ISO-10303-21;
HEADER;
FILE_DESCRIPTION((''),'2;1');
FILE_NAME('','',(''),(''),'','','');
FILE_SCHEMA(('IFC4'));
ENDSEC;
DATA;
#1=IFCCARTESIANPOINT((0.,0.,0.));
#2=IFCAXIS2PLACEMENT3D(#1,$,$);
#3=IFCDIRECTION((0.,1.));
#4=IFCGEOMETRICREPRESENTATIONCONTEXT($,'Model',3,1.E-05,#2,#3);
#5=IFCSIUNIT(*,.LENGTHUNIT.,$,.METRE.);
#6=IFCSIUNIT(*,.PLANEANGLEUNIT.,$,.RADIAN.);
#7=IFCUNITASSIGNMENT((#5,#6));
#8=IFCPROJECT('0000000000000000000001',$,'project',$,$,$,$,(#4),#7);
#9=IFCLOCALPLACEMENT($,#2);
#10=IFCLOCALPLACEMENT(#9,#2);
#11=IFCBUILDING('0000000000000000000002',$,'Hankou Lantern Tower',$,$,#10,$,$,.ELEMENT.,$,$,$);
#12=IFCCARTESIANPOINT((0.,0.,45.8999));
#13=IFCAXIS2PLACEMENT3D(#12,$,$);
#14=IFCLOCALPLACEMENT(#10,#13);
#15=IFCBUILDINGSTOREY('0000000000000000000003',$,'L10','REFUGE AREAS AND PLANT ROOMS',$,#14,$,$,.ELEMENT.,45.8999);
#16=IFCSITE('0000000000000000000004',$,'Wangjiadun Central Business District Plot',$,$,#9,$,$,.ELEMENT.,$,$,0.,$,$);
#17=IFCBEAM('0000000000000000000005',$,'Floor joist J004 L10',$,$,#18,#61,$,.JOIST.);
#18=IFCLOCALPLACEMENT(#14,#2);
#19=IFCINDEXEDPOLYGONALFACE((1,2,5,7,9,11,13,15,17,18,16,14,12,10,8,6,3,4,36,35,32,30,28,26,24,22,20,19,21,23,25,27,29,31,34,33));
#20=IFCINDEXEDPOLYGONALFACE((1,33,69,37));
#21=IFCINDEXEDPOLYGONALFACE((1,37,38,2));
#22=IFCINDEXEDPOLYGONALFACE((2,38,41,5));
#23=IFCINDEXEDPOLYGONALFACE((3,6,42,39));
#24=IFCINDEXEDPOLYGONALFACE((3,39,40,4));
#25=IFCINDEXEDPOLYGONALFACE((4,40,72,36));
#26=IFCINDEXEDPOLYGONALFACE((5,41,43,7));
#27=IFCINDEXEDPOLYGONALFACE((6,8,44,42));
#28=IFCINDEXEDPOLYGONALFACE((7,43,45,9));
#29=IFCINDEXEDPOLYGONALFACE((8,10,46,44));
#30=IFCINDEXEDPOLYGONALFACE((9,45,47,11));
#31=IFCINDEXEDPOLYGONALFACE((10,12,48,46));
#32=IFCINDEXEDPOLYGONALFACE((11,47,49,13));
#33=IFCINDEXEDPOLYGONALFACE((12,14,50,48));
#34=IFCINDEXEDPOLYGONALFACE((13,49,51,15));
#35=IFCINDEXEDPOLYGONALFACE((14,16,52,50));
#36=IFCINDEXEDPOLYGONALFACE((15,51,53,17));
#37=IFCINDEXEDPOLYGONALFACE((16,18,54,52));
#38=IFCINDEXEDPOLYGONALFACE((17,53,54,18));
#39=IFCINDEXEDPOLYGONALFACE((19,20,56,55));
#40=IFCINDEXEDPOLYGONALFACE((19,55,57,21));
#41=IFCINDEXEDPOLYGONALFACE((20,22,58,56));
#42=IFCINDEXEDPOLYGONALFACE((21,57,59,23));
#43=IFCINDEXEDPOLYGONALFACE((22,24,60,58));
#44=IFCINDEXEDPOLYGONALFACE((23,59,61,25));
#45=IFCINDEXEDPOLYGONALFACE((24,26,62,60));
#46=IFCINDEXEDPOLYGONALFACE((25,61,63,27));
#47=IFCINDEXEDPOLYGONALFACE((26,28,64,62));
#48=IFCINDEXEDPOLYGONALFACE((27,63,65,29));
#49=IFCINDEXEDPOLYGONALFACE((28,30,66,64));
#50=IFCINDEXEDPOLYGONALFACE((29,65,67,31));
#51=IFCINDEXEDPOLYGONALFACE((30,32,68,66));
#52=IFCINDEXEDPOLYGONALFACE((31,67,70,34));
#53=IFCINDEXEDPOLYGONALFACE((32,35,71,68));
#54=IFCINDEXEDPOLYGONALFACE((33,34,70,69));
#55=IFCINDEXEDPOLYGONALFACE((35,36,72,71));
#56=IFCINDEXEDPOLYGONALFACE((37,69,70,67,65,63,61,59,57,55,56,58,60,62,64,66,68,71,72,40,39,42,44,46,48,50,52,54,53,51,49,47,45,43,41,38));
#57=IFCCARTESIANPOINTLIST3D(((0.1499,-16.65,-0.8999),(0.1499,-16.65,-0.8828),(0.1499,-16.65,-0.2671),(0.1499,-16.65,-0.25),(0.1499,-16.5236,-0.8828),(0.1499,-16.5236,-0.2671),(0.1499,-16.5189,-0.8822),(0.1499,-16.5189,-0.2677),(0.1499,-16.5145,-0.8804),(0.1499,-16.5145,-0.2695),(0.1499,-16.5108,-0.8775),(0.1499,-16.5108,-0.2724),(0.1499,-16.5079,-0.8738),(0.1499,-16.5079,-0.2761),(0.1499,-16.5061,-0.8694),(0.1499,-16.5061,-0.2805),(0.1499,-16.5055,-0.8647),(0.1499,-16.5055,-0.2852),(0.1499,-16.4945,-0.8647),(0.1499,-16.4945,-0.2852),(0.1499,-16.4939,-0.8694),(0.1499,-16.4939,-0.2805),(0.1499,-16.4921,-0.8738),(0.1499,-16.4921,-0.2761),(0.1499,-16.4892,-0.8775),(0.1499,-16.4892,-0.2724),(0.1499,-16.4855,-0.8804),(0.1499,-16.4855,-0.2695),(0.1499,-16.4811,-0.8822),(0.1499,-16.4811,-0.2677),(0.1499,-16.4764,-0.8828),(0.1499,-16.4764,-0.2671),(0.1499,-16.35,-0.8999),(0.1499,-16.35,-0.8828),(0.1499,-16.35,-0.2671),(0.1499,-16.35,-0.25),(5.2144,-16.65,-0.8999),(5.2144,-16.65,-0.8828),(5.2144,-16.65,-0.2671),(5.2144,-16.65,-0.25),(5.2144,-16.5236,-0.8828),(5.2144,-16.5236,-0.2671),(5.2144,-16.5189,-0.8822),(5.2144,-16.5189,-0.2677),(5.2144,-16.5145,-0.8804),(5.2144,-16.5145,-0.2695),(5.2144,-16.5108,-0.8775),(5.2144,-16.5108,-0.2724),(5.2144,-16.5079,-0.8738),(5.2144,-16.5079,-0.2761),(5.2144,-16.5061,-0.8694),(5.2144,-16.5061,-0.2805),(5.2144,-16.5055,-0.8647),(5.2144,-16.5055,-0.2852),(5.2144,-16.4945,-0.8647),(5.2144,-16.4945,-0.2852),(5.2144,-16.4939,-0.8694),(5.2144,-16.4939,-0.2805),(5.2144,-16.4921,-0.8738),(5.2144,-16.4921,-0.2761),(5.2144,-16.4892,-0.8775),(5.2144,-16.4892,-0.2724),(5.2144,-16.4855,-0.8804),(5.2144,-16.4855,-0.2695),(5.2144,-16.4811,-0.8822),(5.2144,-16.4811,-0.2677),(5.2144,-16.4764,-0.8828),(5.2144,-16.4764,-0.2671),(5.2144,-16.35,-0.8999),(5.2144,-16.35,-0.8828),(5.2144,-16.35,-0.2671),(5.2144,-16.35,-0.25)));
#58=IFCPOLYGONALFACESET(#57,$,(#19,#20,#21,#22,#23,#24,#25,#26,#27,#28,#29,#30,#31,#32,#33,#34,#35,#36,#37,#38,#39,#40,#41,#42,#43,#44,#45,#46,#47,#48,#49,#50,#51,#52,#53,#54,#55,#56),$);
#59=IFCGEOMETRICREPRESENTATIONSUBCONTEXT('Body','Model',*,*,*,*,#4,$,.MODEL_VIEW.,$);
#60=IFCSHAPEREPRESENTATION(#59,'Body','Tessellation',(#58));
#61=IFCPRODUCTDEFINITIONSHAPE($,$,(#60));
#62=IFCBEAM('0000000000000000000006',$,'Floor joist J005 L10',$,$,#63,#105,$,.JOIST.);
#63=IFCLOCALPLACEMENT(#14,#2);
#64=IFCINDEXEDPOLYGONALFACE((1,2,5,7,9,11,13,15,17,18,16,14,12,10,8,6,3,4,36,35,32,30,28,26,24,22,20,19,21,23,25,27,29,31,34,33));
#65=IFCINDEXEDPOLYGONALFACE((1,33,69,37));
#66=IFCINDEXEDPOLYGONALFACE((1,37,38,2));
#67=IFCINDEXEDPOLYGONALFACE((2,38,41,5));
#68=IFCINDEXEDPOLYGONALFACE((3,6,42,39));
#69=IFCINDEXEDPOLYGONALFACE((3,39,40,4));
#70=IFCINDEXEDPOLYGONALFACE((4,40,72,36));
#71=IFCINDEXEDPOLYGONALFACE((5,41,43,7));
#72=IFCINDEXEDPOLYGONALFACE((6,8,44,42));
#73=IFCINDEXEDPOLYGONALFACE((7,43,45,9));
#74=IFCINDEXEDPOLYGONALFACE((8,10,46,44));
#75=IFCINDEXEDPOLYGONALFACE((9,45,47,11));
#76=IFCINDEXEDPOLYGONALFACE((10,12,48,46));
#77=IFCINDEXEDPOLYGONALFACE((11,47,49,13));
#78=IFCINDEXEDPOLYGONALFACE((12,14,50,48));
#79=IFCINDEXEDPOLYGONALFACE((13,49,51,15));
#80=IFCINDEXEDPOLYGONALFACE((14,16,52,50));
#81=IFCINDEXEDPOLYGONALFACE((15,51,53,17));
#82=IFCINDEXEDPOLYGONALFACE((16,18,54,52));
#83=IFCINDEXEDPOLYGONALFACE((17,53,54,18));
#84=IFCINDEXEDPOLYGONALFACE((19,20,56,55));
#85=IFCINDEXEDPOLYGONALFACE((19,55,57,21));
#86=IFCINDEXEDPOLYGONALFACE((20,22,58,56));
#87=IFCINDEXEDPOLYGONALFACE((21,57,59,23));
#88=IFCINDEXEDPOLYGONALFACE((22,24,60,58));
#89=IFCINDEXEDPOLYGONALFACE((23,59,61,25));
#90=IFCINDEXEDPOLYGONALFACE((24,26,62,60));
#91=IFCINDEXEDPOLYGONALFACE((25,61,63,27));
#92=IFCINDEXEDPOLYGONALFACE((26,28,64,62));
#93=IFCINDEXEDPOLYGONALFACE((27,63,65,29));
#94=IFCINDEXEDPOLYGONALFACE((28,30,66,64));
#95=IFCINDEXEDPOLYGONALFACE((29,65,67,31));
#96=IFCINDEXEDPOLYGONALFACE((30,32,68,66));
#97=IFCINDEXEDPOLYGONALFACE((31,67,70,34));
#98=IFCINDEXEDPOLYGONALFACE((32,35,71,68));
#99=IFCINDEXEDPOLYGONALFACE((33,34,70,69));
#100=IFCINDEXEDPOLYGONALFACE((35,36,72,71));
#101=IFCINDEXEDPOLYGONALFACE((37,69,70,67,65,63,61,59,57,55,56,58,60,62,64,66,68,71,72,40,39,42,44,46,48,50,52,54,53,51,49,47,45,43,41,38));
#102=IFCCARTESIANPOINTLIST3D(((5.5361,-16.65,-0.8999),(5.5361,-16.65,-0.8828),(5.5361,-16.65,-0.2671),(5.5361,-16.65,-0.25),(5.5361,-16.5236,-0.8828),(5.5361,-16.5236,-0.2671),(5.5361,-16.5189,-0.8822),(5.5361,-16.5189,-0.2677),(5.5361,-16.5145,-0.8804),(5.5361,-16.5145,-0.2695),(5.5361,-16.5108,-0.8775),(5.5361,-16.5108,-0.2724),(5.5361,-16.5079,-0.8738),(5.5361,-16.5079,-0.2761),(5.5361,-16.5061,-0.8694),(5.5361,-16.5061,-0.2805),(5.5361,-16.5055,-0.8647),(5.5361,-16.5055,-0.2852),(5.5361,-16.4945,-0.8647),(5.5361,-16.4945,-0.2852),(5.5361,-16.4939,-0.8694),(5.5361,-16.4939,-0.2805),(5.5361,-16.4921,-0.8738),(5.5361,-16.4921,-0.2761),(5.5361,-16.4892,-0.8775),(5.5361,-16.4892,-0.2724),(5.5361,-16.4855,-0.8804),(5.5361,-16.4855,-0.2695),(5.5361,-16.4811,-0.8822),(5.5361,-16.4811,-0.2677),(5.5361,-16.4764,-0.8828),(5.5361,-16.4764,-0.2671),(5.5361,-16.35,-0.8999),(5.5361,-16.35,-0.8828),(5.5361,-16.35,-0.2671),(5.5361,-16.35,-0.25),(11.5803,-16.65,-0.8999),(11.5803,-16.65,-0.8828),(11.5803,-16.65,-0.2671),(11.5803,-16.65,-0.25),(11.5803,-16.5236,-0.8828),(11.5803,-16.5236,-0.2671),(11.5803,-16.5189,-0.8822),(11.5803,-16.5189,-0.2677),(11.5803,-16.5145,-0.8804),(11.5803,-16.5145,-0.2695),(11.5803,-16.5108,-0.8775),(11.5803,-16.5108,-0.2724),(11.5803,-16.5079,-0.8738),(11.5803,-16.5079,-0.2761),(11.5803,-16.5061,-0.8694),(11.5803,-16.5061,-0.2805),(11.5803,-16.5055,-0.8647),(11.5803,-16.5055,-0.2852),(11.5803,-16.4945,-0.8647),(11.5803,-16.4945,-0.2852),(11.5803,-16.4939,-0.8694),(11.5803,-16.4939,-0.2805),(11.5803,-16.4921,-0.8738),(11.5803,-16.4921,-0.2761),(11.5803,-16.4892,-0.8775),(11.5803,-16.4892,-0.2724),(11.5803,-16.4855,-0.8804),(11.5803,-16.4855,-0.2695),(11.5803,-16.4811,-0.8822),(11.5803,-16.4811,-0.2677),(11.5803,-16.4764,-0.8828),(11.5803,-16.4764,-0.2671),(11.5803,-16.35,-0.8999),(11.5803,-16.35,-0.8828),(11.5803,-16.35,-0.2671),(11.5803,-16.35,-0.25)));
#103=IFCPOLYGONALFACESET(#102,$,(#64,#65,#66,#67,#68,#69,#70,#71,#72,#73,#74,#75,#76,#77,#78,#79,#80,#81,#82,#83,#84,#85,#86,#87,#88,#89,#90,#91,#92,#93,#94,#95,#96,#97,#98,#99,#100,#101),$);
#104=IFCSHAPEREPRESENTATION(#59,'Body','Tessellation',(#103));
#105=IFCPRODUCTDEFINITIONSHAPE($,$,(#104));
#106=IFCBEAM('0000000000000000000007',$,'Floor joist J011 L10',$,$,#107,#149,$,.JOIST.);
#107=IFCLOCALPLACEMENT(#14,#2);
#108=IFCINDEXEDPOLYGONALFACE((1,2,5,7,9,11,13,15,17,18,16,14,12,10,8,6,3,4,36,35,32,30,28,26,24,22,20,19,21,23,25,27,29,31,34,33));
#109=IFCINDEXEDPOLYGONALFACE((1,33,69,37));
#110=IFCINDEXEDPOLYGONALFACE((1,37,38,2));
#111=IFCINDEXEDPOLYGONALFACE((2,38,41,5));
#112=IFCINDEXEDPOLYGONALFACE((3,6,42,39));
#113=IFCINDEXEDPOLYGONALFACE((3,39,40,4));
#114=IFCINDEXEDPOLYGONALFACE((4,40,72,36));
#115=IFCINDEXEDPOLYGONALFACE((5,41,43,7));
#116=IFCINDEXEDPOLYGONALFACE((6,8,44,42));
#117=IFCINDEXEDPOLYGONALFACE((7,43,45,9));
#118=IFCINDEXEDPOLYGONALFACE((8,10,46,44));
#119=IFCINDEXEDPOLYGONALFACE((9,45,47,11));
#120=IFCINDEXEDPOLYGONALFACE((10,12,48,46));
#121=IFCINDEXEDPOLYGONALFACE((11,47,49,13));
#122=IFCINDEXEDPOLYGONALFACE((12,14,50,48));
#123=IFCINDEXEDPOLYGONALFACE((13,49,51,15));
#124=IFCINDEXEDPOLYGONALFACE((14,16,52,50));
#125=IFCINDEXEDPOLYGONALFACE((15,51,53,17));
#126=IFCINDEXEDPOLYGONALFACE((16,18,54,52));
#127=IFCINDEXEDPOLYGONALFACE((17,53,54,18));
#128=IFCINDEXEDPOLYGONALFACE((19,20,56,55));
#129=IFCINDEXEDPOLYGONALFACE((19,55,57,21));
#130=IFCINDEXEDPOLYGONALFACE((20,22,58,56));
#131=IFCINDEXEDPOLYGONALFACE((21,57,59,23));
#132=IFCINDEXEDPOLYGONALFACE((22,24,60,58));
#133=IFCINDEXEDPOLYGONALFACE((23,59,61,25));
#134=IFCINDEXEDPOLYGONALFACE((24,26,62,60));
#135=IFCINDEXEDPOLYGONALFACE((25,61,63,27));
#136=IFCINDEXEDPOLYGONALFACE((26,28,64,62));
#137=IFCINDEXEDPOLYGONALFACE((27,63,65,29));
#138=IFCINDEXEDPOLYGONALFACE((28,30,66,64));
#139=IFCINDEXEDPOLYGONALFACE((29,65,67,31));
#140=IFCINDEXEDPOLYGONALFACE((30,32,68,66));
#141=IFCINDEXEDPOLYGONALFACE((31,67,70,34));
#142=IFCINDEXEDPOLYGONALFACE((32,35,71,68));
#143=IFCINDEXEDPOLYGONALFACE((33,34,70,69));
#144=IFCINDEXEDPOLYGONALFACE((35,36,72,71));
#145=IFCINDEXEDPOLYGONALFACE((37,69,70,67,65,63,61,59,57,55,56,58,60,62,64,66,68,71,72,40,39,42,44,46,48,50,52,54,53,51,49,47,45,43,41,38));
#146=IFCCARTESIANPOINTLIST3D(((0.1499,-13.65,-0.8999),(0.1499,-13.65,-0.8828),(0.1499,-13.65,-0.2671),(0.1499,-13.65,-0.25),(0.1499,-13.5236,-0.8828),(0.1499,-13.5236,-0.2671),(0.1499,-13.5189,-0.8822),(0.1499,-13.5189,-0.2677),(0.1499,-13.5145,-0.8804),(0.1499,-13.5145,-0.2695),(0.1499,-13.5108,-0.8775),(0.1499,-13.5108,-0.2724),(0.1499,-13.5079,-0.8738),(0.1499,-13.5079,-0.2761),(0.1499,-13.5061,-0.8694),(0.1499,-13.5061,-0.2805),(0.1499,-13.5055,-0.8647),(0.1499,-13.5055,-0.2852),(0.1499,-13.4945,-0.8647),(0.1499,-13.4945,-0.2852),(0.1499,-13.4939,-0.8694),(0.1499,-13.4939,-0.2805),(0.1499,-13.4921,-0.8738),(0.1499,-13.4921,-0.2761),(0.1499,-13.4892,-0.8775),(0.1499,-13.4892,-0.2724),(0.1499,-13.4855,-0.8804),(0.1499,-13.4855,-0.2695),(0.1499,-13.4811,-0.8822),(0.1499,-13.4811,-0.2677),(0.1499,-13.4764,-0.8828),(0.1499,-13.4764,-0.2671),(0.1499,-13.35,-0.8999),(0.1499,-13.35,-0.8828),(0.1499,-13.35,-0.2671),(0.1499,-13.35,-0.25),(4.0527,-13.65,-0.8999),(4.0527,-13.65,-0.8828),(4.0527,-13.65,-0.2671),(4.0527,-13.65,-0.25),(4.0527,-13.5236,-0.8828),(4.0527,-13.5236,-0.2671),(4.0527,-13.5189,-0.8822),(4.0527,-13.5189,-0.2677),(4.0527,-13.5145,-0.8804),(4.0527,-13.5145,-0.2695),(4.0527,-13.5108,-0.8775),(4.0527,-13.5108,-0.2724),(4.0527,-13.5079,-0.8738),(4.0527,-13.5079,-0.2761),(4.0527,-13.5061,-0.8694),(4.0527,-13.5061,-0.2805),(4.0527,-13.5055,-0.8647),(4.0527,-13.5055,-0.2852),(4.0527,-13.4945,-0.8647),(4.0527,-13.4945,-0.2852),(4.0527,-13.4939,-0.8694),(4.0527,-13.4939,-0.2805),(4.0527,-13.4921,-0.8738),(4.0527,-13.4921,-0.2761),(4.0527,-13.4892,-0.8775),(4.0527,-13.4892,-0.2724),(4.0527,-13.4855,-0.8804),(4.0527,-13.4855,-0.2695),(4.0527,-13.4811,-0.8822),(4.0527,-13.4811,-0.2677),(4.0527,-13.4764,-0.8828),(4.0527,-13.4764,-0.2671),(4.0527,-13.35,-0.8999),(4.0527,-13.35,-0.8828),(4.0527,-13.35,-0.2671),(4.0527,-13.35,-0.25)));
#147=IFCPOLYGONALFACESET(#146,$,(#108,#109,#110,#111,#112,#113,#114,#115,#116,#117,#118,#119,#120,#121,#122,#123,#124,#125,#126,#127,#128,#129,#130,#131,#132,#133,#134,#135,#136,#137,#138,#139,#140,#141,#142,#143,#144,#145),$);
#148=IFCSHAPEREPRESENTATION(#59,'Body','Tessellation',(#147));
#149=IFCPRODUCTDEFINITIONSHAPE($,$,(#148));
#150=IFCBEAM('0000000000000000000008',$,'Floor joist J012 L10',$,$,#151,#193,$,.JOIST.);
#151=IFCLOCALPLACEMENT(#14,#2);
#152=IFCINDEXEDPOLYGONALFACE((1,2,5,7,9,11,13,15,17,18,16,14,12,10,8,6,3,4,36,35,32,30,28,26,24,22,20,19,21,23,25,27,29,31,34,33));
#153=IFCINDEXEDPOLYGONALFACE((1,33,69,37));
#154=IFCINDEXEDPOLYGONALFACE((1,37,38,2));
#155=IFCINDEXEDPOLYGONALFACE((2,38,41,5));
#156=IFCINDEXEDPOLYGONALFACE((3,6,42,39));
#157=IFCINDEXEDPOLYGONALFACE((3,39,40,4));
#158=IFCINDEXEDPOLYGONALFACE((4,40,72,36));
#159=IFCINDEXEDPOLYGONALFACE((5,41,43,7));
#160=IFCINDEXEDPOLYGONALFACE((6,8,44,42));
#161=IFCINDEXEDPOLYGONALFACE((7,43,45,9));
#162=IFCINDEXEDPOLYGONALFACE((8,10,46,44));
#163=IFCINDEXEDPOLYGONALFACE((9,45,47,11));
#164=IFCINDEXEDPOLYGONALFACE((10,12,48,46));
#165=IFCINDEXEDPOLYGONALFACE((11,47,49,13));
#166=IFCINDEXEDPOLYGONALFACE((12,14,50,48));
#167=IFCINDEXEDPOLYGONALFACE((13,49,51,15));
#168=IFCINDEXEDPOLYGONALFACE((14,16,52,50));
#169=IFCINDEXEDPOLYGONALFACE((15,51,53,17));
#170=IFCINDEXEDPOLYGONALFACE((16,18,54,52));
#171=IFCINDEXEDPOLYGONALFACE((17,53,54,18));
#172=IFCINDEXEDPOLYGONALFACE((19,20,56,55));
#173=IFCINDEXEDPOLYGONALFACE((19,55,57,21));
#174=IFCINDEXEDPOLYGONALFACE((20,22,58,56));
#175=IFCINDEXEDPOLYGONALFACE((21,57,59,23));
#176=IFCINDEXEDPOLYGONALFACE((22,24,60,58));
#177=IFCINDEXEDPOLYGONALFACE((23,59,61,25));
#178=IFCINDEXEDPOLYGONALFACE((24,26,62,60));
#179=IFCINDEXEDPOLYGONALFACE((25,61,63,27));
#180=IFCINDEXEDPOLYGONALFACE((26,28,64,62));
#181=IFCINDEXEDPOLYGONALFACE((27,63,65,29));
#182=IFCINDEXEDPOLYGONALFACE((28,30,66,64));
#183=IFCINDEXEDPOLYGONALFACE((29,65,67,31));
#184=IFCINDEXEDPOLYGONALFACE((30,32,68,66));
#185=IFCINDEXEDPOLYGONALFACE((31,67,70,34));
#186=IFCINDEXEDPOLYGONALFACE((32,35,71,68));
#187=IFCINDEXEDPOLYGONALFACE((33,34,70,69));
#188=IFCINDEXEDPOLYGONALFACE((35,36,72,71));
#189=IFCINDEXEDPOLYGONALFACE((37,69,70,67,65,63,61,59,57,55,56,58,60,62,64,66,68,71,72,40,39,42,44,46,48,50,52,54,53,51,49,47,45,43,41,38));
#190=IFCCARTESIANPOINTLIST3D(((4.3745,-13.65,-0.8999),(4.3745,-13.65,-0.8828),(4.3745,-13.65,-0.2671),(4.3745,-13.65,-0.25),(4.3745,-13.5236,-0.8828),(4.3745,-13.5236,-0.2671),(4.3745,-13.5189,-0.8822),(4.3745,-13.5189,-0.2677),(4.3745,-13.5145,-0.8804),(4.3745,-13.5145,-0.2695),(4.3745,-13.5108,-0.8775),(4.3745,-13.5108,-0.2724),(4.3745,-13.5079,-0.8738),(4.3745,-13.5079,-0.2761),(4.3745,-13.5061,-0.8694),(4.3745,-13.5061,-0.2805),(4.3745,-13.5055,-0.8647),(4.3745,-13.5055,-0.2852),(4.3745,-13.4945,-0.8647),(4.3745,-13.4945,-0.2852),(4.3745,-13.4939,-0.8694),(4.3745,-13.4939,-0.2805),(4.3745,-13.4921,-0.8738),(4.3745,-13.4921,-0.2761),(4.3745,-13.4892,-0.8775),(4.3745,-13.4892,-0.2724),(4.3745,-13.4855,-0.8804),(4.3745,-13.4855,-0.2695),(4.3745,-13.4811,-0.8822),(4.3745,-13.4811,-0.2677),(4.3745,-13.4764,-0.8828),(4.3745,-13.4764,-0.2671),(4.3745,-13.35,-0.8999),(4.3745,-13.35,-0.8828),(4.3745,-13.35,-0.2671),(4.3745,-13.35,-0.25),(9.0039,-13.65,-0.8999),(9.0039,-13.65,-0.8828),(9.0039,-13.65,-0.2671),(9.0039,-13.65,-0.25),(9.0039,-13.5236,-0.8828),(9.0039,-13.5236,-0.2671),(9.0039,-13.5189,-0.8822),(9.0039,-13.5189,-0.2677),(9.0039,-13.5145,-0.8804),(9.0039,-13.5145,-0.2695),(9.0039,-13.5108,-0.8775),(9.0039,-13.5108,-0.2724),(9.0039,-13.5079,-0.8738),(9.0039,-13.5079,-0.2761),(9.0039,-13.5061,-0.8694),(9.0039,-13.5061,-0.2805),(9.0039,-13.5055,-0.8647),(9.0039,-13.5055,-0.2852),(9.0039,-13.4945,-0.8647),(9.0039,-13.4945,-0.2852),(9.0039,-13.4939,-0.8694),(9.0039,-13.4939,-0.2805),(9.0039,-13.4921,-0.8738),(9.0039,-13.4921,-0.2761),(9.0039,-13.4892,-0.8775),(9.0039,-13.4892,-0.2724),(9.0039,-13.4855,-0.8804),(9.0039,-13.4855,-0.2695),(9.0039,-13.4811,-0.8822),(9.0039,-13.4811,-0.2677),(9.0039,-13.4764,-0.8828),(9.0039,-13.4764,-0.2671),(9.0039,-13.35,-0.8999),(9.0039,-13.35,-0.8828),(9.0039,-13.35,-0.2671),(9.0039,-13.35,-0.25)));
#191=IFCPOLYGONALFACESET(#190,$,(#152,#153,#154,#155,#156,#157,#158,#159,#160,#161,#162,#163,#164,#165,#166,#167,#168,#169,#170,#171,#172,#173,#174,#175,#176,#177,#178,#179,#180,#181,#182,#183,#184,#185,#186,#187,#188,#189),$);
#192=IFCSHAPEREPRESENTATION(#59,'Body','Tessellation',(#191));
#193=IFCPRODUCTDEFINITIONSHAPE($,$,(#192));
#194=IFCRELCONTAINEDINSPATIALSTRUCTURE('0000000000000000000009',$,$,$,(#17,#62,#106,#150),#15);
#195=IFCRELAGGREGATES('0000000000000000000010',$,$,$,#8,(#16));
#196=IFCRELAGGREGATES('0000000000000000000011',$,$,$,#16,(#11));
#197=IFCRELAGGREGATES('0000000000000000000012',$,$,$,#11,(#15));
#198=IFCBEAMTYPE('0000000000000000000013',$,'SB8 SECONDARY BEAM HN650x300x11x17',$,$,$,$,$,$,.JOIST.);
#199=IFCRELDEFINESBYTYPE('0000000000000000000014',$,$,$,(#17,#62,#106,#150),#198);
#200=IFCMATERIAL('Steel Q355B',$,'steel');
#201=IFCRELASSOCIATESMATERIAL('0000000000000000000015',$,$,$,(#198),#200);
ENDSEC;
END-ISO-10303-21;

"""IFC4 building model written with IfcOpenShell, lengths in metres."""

from ifc_helpers import new_model, si_unit, direction, frame, origin, origin_2d, place, context, subcontext, project, spatial, i_section, extrude, material, material_profile, profile_set, type_object, element, save


model = new_model("IFC4")

# Units and contexts
model_context = context("Model", 3, precision=1e-05, world=origin(), true_north=direction((0.0, 1.0)))
body_context = subcontext(model_context, "Body", "Model", "MODEL_VIEW")
ifc_project = project(units=[si_unit("LENGTHUNIT", "METRE"), si_unit("PLANEANGLEUNIT", "RADIAN")], contexts=[model_context])

# Site, building, storey
site_placement = place(None, origin())
site = spatial("IfcSite", under=ifc_project, at=site_placement, Name="Wangjiadun Central Business District Plot", CompositionType="ELEMENT", RefElevation=0.0)
building_placement = place(site_placement, origin())
building = spatial("IfcBuilding", under=site, at=building_placement, Name="Hankou Lantern Tower", CompositionType="ELEMENT")
storey_placement = place(building_placement, frame((0.0, 0.0, 45.8999)))
storey = spatial("IfcBuildingStorey", under=building, at=storey_placement, Name="L10", Description="REFUGE AREAS AND PLANT ROOMS", CompositionType="ELEMENT", Elevation=45.8999)

# Beams
ifc_material_1 = material(Name="Steel Q355B", Category="steel")
ifc_material_profile_1 = material_profile(ifc_material_1, i_section(OverallWidth=0.3, OverallDepth=0.6499, WebThickness=0.011, FlangeThickness=0.0171, FilletRadius=0.0181, at=origin_2d()), Name="HN650x300x11x17")
ifc_profile_set_1 = profile_set([ifc_material_profile_1], Name="Steel Q355B")
beam_type_1 = type_object("IfcBeamType", Name="SB8 SECONDARY BEAM HN650x300x11x17", PredefinedType="JOIST", material=ifc_profile_set_1)
beam_1_placement = place(storey_placement, frame((0.1499, -16.5, -0.575), z_axis=(1.0, 0.0, 0.0), x_axis=(0.0, 1.0, 0.0)))
element("IfcBeam", 1, at=beam_1_placement, inside=storey, type_object=beam_type_1, Name="Floor joist J004 L10", PredefinedType="JOIST", context=body_context, shape_type="SweptSolid", body=[
    extrude(i_section(OverallWidth=0.3, OverallDepth=0.6499, WebThickness=0.011, FlangeThickness=0.0171, FilletRadius=0.0181, at=origin_2d()), origin(), (0.0, 0.0, 1.0), 5.0645),
])
beam_2_placement = place(storey_placement, frame((5.5361, -16.5, -0.575), z_axis=(1.0, 0.0, 0.0), x_axis=(0.0, 1.0, 0.0)))
element("IfcBeam", 2, at=beam_2_placement, inside=storey, type_object=beam_type_1, Name="Floor joist J005 L10", PredefinedType="JOIST", context=body_context, shape_type="SweptSolid", body=[
    extrude(i_section(OverallWidth=0.3, OverallDepth=0.6499, WebThickness=0.011, FlangeThickness=0.0171, FilletRadius=0.0181, at=origin_2d()), origin(), (0.0, 0.0, 1.0), 6.0442),
])
beam_3_placement = place(storey_placement, frame((0.1499, -13.5, -0.575), z_axis=(1.0, 0.0, 0.0), x_axis=(0.0, 1.0, 0.0)))
element("IfcBeam", 3, at=beam_3_placement, inside=storey, type_object=beam_type_1, Name="Floor joist J011 L10", PredefinedType="JOIST", context=body_context, shape_type="SweptSolid", body=[
    extrude(i_section(OverallWidth=0.3, OverallDepth=0.6499, WebThickness=0.011, FlangeThickness=0.0171, FilletRadius=0.0181, at=origin_2d()), origin(), (0.0, 0.0, 1.0), 3.9028),
])
beam_4_placement = place(storey_placement, frame((4.3745, -13.5, -0.575), z_axis=(1.0, 0.0, 0.0), x_axis=(0.0, 1.0, 0.0)))
element("IfcBeam", 4, at=beam_4_placement, inside=storey, type_object=beam_type_1, Name="Floor joist J012 L10", PredefinedType="JOIST", context=body_context, shape_type="SweptSolid", body=[
    extrude(i_section(OverallWidth=0.3, OverallDepth=0.6499, WebThickness=0.011, FlangeThickness=0.0171, FilletRadius=0.0181, at=origin_2d()), origin(), (0.0, 0.0, 1.0), 4.6294),
])

save(model, "model.ifc")
